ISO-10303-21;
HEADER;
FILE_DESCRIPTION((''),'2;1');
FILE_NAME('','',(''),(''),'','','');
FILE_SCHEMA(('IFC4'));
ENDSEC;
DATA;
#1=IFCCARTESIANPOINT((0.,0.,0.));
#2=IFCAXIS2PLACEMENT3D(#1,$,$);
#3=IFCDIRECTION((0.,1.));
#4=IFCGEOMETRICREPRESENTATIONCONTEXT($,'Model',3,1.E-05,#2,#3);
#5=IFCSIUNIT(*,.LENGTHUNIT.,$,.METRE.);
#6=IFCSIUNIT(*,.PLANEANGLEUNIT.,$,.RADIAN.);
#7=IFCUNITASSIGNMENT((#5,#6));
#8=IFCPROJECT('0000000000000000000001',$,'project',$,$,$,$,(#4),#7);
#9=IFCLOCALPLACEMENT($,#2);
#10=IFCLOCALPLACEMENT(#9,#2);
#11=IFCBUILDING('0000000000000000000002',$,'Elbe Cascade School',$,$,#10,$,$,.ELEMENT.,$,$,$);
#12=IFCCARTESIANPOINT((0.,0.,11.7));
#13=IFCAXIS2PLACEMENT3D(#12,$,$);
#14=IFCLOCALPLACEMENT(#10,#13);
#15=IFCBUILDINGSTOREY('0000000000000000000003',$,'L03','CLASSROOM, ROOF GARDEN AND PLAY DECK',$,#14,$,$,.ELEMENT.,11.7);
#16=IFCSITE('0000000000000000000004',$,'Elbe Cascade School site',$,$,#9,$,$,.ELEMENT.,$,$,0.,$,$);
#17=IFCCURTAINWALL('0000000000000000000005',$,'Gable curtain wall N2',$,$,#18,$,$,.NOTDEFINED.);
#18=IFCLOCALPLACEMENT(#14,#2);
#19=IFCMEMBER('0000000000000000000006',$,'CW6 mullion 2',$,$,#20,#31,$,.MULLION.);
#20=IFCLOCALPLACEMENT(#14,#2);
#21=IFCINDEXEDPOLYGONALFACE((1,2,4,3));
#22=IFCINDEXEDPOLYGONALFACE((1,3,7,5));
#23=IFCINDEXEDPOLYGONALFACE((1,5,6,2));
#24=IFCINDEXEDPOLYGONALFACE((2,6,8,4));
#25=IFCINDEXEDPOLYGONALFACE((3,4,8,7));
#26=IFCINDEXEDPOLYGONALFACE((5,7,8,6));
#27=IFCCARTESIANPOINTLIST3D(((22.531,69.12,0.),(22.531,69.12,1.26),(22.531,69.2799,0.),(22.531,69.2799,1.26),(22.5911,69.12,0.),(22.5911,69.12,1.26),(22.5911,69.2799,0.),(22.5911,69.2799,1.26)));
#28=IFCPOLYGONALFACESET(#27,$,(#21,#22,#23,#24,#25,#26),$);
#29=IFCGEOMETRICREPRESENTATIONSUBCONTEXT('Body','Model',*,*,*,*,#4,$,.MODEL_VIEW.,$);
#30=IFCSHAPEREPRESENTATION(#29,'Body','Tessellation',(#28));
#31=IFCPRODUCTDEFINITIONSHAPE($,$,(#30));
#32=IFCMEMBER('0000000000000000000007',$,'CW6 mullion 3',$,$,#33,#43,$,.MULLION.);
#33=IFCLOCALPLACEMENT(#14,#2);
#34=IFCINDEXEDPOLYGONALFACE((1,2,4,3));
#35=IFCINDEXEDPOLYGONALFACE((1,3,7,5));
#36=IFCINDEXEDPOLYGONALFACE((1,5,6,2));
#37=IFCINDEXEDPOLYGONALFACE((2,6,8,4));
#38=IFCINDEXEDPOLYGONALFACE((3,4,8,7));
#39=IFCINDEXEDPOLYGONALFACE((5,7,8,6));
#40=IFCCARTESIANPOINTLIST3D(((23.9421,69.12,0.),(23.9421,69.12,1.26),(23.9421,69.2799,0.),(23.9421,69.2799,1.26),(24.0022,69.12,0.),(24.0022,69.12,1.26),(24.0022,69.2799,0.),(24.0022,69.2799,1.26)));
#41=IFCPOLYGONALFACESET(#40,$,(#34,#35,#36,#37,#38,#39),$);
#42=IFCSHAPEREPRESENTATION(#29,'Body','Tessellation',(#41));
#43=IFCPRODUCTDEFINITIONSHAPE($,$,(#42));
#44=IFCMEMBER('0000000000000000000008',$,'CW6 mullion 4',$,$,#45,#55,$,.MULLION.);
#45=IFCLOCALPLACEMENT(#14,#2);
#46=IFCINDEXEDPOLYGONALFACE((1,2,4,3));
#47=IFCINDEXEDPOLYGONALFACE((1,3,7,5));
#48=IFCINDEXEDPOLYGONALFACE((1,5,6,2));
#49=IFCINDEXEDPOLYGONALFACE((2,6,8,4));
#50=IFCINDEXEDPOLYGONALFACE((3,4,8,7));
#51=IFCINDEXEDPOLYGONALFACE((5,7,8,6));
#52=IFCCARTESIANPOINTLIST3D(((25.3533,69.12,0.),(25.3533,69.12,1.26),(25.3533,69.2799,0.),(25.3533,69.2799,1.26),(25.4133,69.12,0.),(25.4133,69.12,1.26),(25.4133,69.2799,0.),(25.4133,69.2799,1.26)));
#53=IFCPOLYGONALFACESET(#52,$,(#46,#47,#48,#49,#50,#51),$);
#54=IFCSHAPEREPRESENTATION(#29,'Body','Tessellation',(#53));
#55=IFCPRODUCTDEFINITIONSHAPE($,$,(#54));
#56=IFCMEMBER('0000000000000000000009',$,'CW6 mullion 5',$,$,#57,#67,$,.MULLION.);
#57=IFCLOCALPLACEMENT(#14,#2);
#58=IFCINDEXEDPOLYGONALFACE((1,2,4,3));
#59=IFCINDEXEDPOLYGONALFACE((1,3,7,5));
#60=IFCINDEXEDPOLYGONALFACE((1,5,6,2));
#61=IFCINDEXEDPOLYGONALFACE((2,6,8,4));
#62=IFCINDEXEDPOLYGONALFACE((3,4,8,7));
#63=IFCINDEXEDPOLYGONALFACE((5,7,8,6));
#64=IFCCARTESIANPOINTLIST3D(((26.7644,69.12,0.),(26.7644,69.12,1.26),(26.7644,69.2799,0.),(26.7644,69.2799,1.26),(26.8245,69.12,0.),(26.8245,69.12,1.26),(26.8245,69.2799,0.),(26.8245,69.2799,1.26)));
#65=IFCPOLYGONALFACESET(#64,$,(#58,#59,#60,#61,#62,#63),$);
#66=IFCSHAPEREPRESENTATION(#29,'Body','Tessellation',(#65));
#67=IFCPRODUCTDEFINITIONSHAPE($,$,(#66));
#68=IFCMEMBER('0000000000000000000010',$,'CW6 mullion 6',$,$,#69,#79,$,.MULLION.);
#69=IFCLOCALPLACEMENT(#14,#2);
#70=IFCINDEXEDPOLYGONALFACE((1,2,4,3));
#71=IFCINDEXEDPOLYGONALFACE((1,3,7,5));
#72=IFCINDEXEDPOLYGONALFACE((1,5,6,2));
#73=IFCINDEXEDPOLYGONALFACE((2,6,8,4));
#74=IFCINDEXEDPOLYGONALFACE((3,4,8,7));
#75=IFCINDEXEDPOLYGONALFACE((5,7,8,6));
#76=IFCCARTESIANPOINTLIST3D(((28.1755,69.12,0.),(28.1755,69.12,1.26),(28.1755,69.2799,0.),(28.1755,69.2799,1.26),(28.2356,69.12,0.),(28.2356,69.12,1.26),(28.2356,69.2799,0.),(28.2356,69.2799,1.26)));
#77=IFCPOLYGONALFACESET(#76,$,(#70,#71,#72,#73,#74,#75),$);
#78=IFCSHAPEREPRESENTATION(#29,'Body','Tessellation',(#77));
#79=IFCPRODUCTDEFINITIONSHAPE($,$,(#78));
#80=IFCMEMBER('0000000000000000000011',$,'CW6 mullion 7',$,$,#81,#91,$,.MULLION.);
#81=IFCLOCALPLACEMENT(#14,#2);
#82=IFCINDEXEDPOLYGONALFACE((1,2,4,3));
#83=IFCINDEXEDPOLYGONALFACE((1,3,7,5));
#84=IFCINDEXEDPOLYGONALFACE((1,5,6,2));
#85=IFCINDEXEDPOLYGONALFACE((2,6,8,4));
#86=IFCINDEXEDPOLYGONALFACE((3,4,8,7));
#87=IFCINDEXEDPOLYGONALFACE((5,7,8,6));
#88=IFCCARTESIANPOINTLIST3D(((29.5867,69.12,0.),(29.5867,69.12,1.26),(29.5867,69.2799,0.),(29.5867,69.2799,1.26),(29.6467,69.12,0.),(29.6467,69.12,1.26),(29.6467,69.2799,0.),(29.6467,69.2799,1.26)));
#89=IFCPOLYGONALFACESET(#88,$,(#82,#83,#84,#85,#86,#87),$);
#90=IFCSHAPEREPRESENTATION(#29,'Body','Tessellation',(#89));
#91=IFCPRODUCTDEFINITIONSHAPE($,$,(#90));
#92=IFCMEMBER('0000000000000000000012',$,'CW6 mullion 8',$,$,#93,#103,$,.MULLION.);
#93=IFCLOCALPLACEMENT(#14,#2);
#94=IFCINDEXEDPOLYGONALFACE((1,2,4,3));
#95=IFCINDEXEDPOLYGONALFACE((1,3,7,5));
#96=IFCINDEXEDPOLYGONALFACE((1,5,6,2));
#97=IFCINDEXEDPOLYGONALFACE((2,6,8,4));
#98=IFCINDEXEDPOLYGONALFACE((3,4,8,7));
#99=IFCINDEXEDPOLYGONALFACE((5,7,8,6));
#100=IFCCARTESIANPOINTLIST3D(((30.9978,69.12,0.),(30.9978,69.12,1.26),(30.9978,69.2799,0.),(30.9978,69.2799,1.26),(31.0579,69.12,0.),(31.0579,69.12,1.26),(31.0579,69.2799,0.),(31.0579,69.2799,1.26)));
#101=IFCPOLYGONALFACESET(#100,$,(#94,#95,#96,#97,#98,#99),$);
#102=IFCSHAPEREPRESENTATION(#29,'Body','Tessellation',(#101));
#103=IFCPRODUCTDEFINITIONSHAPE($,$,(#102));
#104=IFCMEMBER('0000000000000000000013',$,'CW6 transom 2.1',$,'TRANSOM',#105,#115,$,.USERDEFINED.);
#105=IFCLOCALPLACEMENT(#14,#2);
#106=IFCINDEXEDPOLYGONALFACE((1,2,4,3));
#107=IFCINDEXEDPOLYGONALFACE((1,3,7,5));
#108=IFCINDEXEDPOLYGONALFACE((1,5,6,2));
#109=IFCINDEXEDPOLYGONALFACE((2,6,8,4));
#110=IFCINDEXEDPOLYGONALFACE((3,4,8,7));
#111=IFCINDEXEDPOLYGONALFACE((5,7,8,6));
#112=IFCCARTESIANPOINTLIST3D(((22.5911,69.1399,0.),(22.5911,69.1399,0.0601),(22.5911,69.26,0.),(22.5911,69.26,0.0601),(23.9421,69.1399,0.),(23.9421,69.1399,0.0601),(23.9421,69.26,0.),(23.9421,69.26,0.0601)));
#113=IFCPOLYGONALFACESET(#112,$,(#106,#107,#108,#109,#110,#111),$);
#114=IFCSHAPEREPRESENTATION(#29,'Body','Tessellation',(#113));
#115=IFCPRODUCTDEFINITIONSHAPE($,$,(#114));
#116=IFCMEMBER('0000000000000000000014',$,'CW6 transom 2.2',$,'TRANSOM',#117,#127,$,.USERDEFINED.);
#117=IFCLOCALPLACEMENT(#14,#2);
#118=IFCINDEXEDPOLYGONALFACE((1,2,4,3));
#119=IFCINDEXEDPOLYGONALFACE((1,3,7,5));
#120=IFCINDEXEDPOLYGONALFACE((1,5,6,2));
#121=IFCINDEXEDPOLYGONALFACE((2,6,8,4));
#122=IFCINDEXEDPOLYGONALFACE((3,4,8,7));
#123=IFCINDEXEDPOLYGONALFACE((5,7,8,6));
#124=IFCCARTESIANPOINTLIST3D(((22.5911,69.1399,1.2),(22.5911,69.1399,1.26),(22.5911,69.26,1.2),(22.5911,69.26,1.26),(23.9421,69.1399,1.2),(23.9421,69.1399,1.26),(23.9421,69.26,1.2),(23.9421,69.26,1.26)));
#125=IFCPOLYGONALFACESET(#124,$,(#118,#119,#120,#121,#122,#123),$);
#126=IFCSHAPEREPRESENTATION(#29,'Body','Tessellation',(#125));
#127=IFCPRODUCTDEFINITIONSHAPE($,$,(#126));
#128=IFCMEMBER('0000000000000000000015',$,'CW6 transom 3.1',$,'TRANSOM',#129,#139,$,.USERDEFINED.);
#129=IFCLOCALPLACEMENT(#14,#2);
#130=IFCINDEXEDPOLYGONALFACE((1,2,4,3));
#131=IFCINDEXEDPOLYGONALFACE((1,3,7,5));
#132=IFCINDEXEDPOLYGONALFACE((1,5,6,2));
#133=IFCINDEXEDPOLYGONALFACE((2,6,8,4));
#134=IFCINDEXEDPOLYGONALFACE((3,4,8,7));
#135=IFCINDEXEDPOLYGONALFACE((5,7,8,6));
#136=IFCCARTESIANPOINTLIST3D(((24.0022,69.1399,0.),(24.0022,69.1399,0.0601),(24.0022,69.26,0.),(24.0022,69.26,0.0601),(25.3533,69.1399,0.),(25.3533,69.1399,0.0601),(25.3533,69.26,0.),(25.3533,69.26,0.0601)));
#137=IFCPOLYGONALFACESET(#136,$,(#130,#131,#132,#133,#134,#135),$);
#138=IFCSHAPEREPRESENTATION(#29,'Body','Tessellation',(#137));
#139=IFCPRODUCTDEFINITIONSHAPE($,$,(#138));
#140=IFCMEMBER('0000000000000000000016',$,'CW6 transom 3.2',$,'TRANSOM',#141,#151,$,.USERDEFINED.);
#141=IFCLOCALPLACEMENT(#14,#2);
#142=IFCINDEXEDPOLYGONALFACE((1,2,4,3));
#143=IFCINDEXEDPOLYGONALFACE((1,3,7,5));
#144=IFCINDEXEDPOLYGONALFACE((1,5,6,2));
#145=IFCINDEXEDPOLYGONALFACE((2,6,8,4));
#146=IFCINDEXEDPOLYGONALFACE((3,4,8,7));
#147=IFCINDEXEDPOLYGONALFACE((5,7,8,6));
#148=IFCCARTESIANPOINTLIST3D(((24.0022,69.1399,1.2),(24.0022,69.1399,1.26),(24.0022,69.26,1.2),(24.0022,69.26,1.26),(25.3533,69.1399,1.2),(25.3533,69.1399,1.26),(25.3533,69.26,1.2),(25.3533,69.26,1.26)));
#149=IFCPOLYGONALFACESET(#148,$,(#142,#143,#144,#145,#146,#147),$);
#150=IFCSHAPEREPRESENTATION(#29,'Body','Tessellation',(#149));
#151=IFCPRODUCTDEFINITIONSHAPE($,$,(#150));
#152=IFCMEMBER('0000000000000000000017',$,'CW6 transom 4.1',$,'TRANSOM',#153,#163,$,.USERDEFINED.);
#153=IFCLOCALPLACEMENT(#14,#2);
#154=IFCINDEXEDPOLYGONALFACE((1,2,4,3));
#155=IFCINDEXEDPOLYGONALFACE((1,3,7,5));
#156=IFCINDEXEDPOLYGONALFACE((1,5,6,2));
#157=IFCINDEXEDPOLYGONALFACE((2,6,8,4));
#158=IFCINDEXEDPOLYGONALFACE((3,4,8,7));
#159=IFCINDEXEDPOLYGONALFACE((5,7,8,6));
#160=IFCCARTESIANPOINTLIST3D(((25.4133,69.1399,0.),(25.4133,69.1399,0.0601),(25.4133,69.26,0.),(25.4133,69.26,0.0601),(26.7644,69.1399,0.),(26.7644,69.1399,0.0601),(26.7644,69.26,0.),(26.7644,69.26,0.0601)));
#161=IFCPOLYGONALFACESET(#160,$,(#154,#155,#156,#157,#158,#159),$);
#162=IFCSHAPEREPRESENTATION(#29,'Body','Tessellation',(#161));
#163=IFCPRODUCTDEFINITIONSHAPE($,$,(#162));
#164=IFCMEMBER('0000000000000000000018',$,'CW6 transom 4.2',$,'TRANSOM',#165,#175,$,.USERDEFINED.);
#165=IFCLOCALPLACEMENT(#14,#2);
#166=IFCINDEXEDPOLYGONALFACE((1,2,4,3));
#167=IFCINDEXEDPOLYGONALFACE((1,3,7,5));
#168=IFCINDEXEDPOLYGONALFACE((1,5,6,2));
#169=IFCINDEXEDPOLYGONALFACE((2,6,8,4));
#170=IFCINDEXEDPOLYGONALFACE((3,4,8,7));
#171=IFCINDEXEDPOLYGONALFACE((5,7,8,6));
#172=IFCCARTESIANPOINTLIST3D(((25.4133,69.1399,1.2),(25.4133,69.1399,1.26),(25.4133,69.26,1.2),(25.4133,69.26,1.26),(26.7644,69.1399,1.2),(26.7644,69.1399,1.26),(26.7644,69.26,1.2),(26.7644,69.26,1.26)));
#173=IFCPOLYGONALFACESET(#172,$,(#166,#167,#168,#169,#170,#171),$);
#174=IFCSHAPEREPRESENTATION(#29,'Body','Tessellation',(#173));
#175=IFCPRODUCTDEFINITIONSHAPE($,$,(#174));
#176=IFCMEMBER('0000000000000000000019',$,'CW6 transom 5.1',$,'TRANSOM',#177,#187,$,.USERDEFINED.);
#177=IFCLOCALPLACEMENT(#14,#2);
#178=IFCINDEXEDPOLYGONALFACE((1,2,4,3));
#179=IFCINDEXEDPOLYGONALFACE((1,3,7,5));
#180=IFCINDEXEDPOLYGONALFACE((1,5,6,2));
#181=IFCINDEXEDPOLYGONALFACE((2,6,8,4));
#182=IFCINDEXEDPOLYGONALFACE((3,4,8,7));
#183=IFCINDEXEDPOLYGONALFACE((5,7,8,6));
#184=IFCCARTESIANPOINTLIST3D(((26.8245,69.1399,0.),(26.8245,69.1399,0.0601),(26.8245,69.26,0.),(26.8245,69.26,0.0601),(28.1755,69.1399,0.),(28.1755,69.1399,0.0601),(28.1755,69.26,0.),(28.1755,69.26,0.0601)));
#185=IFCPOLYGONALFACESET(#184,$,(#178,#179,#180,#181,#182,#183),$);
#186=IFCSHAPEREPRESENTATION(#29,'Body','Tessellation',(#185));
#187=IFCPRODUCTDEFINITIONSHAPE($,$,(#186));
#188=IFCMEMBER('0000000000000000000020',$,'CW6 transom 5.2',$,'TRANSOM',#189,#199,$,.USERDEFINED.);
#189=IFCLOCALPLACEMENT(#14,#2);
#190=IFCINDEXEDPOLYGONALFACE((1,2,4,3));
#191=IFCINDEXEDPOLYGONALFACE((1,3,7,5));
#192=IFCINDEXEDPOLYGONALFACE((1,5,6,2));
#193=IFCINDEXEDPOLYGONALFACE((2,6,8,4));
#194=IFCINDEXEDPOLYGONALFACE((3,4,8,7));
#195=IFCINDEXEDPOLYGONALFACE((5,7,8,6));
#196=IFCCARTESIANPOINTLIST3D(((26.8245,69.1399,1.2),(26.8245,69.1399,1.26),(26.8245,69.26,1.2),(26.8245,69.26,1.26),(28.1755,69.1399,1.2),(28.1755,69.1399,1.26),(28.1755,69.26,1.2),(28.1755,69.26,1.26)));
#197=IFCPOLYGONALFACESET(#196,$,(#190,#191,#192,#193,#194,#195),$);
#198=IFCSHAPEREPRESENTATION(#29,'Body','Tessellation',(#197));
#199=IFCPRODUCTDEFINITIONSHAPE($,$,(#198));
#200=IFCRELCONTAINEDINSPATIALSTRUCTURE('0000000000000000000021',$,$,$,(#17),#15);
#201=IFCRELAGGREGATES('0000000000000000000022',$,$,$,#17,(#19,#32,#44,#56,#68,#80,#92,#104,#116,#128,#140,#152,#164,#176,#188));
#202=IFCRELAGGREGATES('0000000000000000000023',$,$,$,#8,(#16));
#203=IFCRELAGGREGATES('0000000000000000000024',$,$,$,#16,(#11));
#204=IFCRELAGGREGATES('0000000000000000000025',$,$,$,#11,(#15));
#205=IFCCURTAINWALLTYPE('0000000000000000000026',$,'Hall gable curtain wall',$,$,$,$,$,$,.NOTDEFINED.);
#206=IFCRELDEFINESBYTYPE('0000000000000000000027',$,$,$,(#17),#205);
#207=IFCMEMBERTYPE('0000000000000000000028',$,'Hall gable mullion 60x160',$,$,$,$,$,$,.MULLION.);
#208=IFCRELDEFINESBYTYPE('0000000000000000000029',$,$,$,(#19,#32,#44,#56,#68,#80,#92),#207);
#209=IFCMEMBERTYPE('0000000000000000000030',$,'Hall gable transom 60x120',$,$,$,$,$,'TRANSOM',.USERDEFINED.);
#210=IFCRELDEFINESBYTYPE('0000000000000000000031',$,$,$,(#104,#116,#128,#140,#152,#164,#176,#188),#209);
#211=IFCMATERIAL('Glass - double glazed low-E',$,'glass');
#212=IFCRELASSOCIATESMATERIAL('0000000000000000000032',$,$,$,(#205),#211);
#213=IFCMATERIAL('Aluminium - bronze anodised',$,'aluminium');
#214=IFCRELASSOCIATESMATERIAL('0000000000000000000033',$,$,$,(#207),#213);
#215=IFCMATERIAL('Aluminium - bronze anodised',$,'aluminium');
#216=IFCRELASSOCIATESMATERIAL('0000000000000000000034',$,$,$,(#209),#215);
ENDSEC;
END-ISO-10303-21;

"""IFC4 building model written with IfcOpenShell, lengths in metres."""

from ifc_helpers import new_model, si_unit, direction, frame, origin, origin_2d, place, context, subcontext, project, spatial, rectangle, extrude, material, material_profile, profile_set, type_object, element, aggregate, save


model = new_model("IFC4")

# Units and contexts
model_context = context("Model", 3, precision=1e-05, world=origin(), true_north=direction((0.0, 1.0)))
body_context = subcontext(model_context, "Body", "Model", "MODEL_VIEW")
ifc_project = project(units=[si_unit("LENGTHUNIT", "METRE"), si_unit("PLANEANGLEUNIT", "RADIAN")], contexts=[model_context])

# Site, building, storey
site_placement = place(None, origin())
site = spatial("IfcSite", under=ifc_project, at=site_placement, Name="Elbe Cascade School site", CompositionType="ELEMENT", RefElevation=0.0)
building_placement = place(site_placement, origin())
building = spatial("IfcBuilding", under=site, at=building_placement, Name="Elbe Cascade School", CompositionType="ELEMENT")
storey_placement = place(building_placement, frame((0.0, 0.0, 11.7)))
storey = spatial("IfcBuildingStorey", under=building, at=storey_placement, Name="L03", Description="CLASSROOM, ROOF GARDEN AND PLAY DECK", CompositionType="ELEMENT", Elevation=11.7)

# Curtain wall, members
ifc_material_1 = material(Name="Glass - double glazed low-E", Category="glass")
curtain_wall_type = type_object("IfcCurtainWallType", Name="Hall gable curtain wall", PredefinedType="NOTDEFINED", material=ifc_material_1)
curtain_wall_placement = place(storey_placement, origin())
curtain_wall = element("IfcCurtainWall", 1, at=curtain_wall_placement, inside=storey, type_object=curtain_wall_type, Name="Gable curtain wall N2", PredefinedType="NOTDEFINED")
ifc_material_2 = material(Name="Aluminium - bronze anodised", Category="aluminium")
ifc_material_profile_1 = material_profile(ifc_material_2, rectangle(XDim=0.1599, YDim=0.0601, at=origin_2d()), Name="Alu 60x160")
ifc_profile_set_1 = profile_set([ifc_material_profile_1], Name="Aluminium - bronze anodised")
member_type_1 = type_object("IfcMemberType", Name="Hall gable mullion 60x160", PredefinedType="MULLION", material=ifc_profile_set_1)
member_1_placement = place(storey_placement, frame((22.561, 69.2, 0.0), z_axis=(0.0, 0.0, 1.0), x_axis=(0.0, 1.0, 0.0)))
member_1 = element("IfcMember", 2, at=member_1_placement, type_object=member_type_1, Name="CW6 mullion 2", PredefinedType="MULLION", context=body_context, shape_type="SweptSolid", body=[
    extrude(rectangle(XDim=0.1599, YDim=0.0601, at=origin_2d()), origin(), (0.0, 0.0, 1.0), 1.26),
])
member_2_placement = place(storey_placement, frame((23.9722, 69.2, 0.0), z_axis=(0.0, 0.0, 1.0), x_axis=(0.0, 1.0, 0.0)))
member_2 = element("IfcMember", 3, at=member_2_placement, type_object=member_type_1, Name="CW6 mullion 3", PredefinedType="MULLION", context=body_context, shape_type="SweptSolid", body=[
    extrude(rectangle(XDim=0.1599, YDim=0.0601, at=origin_2d()), origin(), (0.0, 0.0, 1.0), 1.26),
])
member_3_placement = place(storey_placement, frame((25.3833, 69.2, 0.0), z_axis=(0.0, 0.0, 1.0), x_axis=(0.0, 1.0, 0.0)))
member_3 = element("IfcMember", 4, at=member_3_placement, type_object=member_type_1, Name="CW6 mullion 4", PredefinedType="MULLION", context=body_context, shape_type="SweptSolid", body=[
    extrude(rectangle(XDim=0.1599, YDim=0.0601, at=origin_2d()), origin(), (0.0, 0.0, 1.0), 1.26),
])
member_4_placement = place(storey_placement, frame((26.7944, 69.2, 0.0), z_axis=(0.0, 0.0, 1.0), x_axis=(0.0, 1.0, 0.0)))
member_4 = element("IfcMember", 5, at=member_4_placement, type_object=member_type_1, Name="CW6 mullion 5", PredefinedType="MULLION", context=body_context, shape_type="SweptSolid", body=[
    extrude(rectangle(XDim=0.1599, YDim=0.0601, at=origin_2d()), origin(), (0.0, 0.0, 1.0), 1.26),
])
member_5_placement = place(storey_placement, frame((28.2056, 69.2, 0.0), z_axis=(0.0, 0.0, 1.0), x_axis=(0.0, 1.0, 0.0)))
member_5 = element("IfcMember", 6, at=member_5_placement, type_object=member_type_1, Name="CW6 mullion 6", PredefinedType="MULLION", context=body_context, shape_type="SweptSolid", body=[
    extrude(rectangle(XDim=0.1599, YDim=0.0601, at=origin_2d()), origin(), (0.0, 0.0, 1.0), 1.26),
])
member_6_placement = place(storey_placement, frame((29.6167, 69.2, 0.0), z_axis=(0.0, 0.0, 1.0), x_axis=(0.0, 1.0, 0.0)))
member_6 = element("IfcMember", 7, at=member_6_placement, type_object=member_type_1, Name="CW6 mullion 7", PredefinedType="MULLION", context=body_context, shape_type="SweptSolid", body=[
    extrude(rectangle(XDim=0.1599, YDim=0.0601, at=origin_2d()), origin(), (0.0, 0.0, 1.0), 1.26),
])
member_7_placement = place(storey_placement, frame((31.0278, 69.2, 0.0), z_axis=(0.0, 0.0, 1.0), x_axis=(0.0, 1.0, 0.0)))
member_7 = element("IfcMember", 8, at=member_7_placement, type_object=member_type_1, Name="CW6 mullion 8", PredefinedType="MULLION", context=body_context, shape_type="SweptSolid", body=[
    extrude(rectangle(XDim=0.1599, YDim=0.0601, at=origin_2d()), origin(), (0.0, 0.0, 1.0), 1.26),
])
ifc_material_3 = material(Name="Aluminium - bronze anodised", Category="aluminium")
ifc_material_profile_2 = material_profile(ifc_material_3, rectangle(XDim=0.1201, YDim=0.0601, at=origin_2d()), Name="Alu 60x120")
ifc_profile_set_2 = profile_set([ifc_material_profile_2], Name="Aluminium - bronze anodised")
member_type_2 = type_object("IfcMemberType", Name="Hall gable transom 60x120", ElementType="TRANSOM", PredefinedType="USERDEFINED", material=ifc_profile_set_2)
member_8_placement = place(storey_placement, frame((22.5911, 69.2, 0.03), z_axis=(1.0, 0.0, 0.0), x_axis=(0.0, 1.0, 0.0)))
member_8 = element("IfcMember", 9, at=member_8_placement, type_object=member_type_2, Name="CW6 transom 2.1", ObjectType="TRANSOM", PredefinedType="USERDEFINED", context=body_context, shape_type="SweptSolid", body=[
    extrude(rectangle(XDim=0.1201, YDim=0.0601, at=origin_2d()), origin(), (0.0, 0.0, 1.0), 1.3511),
])
member_9_placement = place(storey_placement, frame((22.5911, 69.2, 1.23), z_axis=(1.0, 0.0, 0.0), x_axis=(0.0, 1.0, 0.0)))
member_9 = element("IfcMember", 10, at=member_9_placement, type_object=member_type_2, Name="CW6 transom 2.2", ObjectType="TRANSOM", PredefinedType="USERDEFINED", context=body_context, shape_type="SweptSolid", body=[
    extrude(rectangle(XDim=0.1201, YDim=0.0601, at=origin_2d()), origin(), (0.0, 0.0, 1.0), 1.3511),
])
member_10_placement = place(storey_placement, frame((24.0022, 69.2, 0.03), z_axis=(1.0, 0.0, 0.0), x_axis=(0.0, 1.0, 0.0)))
member_10 = element("IfcMember", 11, at=member_10_placement, type_object=member_type_2, Name="CW6 transom 3.1", ObjectType="TRANSOM", PredefinedType="USERDEFINED", context=body_context, shape_type="SweptSolid", body=[
    extrude(rectangle(XDim=0.1201, YDim=0.0601, at=origin_2d()), origin(), (0.0, 0.0, 1.0), 1.3511),
])
member_11_placement = place(storey_placement, frame((24.0022, 69.2, 1.23), z_axis=(1.0, 0.0, 0.0), x_axis=(0.0, 1.0, 0.0)))
member_11 = element("IfcMember", 12, at=member_11_placement, type_object=member_type_2, Name="CW6 transom 3.2", ObjectType="TRANSOM", PredefinedType="USERDEFINED", context=body_context, shape_type="SweptSolid", body=[
    extrude(rectangle(XDim=0.1201, YDim=0.0601, at=origin_2d()), origin(), (0.0, 0.0, 1.0), 1.3511),
])
member_12_placement = place(storey_placement, frame((25.4133, 69.2, 0.03), z_axis=(1.0, 0.0, 0.0), x_axis=(0.0, 1.0, 0.0)))
member_12 = element("IfcMember", 13, at=member_12_placement, type_object=member_type_2, Name="CW6 transom 4.1", ObjectType="TRANSOM", PredefinedType="USERDEFINED", context=body_context, shape_type="SweptSolid", body=[
    extrude(rectangle(XDim=0.1201, YDim=0.0601, at=origin_2d()), origin(), (0.0, 0.0, 1.0), 1.3511),
])
member_13_placement = place(storey_placement, frame((25.4133, 69.2, 1.23), z_axis=(1.0, 0.0, 0.0), x_axis=(0.0, 1.0, 0.0)))
member_13 = element("IfcMember", 14, at=member_13_placement, type_object=member_type_2, Name="CW6 transom 4.2", ObjectType="TRANSOM", PredefinedType="USERDEFINED", context=body_context, shape_type="SweptSolid", body=[
    extrude(rectangle(XDim=0.1201, YDim=0.0601, at=origin_2d()), origin(), (0.0, 0.0, 1.0), 1.3511),
])
member_14_placement = place(storey_placement, frame((26.8245, 69.2, 0.03), z_axis=(1.0, 0.0, 0.0), x_axis=(0.0, 1.0, 0.0)))
member_14 = element("IfcMember", 15, at=member_14_placement, type_object=member_type_2, Name="CW6 transom 5.1", ObjectType="TRANSOM", PredefinedType="USERDEFINED", context=body_context, shape_type="SweptSolid", body=[
    extrude(rectangle(XDim=0.1201, YDim=0.0601, at=origin_2d()), origin(), (0.0, 0.0, 1.0), 1.3511),
])
member_15_placement = place(storey_placement, frame((26.8245, 69.2, 1.23), z_axis=(1.0, 0.0, 0.0), x_axis=(0.0, 1.0, 0.0)))
member_15 = element("IfcMember", 16, at=member_15_placement, type_object=member_type_2, Name="CW6 transom 5.2", ObjectType="TRANSOM", PredefinedType="USERDEFINED", context=body_context, shape_type="SweptSolid", body=[
    extrude(rectangle(XDim=0.1201, YDim=0.0601, at=origin_2d()), origin(), (0.0, 0.0, 1.0), 1.3511),
])
aggregate(curtain_wall, [member_1, member_2, member_3, member_4, member_5, member_6, member_7, member_8, member_9, member_10, member_11, member_12, member_13, member_14, member_15])

save(model, "model.ifc")
